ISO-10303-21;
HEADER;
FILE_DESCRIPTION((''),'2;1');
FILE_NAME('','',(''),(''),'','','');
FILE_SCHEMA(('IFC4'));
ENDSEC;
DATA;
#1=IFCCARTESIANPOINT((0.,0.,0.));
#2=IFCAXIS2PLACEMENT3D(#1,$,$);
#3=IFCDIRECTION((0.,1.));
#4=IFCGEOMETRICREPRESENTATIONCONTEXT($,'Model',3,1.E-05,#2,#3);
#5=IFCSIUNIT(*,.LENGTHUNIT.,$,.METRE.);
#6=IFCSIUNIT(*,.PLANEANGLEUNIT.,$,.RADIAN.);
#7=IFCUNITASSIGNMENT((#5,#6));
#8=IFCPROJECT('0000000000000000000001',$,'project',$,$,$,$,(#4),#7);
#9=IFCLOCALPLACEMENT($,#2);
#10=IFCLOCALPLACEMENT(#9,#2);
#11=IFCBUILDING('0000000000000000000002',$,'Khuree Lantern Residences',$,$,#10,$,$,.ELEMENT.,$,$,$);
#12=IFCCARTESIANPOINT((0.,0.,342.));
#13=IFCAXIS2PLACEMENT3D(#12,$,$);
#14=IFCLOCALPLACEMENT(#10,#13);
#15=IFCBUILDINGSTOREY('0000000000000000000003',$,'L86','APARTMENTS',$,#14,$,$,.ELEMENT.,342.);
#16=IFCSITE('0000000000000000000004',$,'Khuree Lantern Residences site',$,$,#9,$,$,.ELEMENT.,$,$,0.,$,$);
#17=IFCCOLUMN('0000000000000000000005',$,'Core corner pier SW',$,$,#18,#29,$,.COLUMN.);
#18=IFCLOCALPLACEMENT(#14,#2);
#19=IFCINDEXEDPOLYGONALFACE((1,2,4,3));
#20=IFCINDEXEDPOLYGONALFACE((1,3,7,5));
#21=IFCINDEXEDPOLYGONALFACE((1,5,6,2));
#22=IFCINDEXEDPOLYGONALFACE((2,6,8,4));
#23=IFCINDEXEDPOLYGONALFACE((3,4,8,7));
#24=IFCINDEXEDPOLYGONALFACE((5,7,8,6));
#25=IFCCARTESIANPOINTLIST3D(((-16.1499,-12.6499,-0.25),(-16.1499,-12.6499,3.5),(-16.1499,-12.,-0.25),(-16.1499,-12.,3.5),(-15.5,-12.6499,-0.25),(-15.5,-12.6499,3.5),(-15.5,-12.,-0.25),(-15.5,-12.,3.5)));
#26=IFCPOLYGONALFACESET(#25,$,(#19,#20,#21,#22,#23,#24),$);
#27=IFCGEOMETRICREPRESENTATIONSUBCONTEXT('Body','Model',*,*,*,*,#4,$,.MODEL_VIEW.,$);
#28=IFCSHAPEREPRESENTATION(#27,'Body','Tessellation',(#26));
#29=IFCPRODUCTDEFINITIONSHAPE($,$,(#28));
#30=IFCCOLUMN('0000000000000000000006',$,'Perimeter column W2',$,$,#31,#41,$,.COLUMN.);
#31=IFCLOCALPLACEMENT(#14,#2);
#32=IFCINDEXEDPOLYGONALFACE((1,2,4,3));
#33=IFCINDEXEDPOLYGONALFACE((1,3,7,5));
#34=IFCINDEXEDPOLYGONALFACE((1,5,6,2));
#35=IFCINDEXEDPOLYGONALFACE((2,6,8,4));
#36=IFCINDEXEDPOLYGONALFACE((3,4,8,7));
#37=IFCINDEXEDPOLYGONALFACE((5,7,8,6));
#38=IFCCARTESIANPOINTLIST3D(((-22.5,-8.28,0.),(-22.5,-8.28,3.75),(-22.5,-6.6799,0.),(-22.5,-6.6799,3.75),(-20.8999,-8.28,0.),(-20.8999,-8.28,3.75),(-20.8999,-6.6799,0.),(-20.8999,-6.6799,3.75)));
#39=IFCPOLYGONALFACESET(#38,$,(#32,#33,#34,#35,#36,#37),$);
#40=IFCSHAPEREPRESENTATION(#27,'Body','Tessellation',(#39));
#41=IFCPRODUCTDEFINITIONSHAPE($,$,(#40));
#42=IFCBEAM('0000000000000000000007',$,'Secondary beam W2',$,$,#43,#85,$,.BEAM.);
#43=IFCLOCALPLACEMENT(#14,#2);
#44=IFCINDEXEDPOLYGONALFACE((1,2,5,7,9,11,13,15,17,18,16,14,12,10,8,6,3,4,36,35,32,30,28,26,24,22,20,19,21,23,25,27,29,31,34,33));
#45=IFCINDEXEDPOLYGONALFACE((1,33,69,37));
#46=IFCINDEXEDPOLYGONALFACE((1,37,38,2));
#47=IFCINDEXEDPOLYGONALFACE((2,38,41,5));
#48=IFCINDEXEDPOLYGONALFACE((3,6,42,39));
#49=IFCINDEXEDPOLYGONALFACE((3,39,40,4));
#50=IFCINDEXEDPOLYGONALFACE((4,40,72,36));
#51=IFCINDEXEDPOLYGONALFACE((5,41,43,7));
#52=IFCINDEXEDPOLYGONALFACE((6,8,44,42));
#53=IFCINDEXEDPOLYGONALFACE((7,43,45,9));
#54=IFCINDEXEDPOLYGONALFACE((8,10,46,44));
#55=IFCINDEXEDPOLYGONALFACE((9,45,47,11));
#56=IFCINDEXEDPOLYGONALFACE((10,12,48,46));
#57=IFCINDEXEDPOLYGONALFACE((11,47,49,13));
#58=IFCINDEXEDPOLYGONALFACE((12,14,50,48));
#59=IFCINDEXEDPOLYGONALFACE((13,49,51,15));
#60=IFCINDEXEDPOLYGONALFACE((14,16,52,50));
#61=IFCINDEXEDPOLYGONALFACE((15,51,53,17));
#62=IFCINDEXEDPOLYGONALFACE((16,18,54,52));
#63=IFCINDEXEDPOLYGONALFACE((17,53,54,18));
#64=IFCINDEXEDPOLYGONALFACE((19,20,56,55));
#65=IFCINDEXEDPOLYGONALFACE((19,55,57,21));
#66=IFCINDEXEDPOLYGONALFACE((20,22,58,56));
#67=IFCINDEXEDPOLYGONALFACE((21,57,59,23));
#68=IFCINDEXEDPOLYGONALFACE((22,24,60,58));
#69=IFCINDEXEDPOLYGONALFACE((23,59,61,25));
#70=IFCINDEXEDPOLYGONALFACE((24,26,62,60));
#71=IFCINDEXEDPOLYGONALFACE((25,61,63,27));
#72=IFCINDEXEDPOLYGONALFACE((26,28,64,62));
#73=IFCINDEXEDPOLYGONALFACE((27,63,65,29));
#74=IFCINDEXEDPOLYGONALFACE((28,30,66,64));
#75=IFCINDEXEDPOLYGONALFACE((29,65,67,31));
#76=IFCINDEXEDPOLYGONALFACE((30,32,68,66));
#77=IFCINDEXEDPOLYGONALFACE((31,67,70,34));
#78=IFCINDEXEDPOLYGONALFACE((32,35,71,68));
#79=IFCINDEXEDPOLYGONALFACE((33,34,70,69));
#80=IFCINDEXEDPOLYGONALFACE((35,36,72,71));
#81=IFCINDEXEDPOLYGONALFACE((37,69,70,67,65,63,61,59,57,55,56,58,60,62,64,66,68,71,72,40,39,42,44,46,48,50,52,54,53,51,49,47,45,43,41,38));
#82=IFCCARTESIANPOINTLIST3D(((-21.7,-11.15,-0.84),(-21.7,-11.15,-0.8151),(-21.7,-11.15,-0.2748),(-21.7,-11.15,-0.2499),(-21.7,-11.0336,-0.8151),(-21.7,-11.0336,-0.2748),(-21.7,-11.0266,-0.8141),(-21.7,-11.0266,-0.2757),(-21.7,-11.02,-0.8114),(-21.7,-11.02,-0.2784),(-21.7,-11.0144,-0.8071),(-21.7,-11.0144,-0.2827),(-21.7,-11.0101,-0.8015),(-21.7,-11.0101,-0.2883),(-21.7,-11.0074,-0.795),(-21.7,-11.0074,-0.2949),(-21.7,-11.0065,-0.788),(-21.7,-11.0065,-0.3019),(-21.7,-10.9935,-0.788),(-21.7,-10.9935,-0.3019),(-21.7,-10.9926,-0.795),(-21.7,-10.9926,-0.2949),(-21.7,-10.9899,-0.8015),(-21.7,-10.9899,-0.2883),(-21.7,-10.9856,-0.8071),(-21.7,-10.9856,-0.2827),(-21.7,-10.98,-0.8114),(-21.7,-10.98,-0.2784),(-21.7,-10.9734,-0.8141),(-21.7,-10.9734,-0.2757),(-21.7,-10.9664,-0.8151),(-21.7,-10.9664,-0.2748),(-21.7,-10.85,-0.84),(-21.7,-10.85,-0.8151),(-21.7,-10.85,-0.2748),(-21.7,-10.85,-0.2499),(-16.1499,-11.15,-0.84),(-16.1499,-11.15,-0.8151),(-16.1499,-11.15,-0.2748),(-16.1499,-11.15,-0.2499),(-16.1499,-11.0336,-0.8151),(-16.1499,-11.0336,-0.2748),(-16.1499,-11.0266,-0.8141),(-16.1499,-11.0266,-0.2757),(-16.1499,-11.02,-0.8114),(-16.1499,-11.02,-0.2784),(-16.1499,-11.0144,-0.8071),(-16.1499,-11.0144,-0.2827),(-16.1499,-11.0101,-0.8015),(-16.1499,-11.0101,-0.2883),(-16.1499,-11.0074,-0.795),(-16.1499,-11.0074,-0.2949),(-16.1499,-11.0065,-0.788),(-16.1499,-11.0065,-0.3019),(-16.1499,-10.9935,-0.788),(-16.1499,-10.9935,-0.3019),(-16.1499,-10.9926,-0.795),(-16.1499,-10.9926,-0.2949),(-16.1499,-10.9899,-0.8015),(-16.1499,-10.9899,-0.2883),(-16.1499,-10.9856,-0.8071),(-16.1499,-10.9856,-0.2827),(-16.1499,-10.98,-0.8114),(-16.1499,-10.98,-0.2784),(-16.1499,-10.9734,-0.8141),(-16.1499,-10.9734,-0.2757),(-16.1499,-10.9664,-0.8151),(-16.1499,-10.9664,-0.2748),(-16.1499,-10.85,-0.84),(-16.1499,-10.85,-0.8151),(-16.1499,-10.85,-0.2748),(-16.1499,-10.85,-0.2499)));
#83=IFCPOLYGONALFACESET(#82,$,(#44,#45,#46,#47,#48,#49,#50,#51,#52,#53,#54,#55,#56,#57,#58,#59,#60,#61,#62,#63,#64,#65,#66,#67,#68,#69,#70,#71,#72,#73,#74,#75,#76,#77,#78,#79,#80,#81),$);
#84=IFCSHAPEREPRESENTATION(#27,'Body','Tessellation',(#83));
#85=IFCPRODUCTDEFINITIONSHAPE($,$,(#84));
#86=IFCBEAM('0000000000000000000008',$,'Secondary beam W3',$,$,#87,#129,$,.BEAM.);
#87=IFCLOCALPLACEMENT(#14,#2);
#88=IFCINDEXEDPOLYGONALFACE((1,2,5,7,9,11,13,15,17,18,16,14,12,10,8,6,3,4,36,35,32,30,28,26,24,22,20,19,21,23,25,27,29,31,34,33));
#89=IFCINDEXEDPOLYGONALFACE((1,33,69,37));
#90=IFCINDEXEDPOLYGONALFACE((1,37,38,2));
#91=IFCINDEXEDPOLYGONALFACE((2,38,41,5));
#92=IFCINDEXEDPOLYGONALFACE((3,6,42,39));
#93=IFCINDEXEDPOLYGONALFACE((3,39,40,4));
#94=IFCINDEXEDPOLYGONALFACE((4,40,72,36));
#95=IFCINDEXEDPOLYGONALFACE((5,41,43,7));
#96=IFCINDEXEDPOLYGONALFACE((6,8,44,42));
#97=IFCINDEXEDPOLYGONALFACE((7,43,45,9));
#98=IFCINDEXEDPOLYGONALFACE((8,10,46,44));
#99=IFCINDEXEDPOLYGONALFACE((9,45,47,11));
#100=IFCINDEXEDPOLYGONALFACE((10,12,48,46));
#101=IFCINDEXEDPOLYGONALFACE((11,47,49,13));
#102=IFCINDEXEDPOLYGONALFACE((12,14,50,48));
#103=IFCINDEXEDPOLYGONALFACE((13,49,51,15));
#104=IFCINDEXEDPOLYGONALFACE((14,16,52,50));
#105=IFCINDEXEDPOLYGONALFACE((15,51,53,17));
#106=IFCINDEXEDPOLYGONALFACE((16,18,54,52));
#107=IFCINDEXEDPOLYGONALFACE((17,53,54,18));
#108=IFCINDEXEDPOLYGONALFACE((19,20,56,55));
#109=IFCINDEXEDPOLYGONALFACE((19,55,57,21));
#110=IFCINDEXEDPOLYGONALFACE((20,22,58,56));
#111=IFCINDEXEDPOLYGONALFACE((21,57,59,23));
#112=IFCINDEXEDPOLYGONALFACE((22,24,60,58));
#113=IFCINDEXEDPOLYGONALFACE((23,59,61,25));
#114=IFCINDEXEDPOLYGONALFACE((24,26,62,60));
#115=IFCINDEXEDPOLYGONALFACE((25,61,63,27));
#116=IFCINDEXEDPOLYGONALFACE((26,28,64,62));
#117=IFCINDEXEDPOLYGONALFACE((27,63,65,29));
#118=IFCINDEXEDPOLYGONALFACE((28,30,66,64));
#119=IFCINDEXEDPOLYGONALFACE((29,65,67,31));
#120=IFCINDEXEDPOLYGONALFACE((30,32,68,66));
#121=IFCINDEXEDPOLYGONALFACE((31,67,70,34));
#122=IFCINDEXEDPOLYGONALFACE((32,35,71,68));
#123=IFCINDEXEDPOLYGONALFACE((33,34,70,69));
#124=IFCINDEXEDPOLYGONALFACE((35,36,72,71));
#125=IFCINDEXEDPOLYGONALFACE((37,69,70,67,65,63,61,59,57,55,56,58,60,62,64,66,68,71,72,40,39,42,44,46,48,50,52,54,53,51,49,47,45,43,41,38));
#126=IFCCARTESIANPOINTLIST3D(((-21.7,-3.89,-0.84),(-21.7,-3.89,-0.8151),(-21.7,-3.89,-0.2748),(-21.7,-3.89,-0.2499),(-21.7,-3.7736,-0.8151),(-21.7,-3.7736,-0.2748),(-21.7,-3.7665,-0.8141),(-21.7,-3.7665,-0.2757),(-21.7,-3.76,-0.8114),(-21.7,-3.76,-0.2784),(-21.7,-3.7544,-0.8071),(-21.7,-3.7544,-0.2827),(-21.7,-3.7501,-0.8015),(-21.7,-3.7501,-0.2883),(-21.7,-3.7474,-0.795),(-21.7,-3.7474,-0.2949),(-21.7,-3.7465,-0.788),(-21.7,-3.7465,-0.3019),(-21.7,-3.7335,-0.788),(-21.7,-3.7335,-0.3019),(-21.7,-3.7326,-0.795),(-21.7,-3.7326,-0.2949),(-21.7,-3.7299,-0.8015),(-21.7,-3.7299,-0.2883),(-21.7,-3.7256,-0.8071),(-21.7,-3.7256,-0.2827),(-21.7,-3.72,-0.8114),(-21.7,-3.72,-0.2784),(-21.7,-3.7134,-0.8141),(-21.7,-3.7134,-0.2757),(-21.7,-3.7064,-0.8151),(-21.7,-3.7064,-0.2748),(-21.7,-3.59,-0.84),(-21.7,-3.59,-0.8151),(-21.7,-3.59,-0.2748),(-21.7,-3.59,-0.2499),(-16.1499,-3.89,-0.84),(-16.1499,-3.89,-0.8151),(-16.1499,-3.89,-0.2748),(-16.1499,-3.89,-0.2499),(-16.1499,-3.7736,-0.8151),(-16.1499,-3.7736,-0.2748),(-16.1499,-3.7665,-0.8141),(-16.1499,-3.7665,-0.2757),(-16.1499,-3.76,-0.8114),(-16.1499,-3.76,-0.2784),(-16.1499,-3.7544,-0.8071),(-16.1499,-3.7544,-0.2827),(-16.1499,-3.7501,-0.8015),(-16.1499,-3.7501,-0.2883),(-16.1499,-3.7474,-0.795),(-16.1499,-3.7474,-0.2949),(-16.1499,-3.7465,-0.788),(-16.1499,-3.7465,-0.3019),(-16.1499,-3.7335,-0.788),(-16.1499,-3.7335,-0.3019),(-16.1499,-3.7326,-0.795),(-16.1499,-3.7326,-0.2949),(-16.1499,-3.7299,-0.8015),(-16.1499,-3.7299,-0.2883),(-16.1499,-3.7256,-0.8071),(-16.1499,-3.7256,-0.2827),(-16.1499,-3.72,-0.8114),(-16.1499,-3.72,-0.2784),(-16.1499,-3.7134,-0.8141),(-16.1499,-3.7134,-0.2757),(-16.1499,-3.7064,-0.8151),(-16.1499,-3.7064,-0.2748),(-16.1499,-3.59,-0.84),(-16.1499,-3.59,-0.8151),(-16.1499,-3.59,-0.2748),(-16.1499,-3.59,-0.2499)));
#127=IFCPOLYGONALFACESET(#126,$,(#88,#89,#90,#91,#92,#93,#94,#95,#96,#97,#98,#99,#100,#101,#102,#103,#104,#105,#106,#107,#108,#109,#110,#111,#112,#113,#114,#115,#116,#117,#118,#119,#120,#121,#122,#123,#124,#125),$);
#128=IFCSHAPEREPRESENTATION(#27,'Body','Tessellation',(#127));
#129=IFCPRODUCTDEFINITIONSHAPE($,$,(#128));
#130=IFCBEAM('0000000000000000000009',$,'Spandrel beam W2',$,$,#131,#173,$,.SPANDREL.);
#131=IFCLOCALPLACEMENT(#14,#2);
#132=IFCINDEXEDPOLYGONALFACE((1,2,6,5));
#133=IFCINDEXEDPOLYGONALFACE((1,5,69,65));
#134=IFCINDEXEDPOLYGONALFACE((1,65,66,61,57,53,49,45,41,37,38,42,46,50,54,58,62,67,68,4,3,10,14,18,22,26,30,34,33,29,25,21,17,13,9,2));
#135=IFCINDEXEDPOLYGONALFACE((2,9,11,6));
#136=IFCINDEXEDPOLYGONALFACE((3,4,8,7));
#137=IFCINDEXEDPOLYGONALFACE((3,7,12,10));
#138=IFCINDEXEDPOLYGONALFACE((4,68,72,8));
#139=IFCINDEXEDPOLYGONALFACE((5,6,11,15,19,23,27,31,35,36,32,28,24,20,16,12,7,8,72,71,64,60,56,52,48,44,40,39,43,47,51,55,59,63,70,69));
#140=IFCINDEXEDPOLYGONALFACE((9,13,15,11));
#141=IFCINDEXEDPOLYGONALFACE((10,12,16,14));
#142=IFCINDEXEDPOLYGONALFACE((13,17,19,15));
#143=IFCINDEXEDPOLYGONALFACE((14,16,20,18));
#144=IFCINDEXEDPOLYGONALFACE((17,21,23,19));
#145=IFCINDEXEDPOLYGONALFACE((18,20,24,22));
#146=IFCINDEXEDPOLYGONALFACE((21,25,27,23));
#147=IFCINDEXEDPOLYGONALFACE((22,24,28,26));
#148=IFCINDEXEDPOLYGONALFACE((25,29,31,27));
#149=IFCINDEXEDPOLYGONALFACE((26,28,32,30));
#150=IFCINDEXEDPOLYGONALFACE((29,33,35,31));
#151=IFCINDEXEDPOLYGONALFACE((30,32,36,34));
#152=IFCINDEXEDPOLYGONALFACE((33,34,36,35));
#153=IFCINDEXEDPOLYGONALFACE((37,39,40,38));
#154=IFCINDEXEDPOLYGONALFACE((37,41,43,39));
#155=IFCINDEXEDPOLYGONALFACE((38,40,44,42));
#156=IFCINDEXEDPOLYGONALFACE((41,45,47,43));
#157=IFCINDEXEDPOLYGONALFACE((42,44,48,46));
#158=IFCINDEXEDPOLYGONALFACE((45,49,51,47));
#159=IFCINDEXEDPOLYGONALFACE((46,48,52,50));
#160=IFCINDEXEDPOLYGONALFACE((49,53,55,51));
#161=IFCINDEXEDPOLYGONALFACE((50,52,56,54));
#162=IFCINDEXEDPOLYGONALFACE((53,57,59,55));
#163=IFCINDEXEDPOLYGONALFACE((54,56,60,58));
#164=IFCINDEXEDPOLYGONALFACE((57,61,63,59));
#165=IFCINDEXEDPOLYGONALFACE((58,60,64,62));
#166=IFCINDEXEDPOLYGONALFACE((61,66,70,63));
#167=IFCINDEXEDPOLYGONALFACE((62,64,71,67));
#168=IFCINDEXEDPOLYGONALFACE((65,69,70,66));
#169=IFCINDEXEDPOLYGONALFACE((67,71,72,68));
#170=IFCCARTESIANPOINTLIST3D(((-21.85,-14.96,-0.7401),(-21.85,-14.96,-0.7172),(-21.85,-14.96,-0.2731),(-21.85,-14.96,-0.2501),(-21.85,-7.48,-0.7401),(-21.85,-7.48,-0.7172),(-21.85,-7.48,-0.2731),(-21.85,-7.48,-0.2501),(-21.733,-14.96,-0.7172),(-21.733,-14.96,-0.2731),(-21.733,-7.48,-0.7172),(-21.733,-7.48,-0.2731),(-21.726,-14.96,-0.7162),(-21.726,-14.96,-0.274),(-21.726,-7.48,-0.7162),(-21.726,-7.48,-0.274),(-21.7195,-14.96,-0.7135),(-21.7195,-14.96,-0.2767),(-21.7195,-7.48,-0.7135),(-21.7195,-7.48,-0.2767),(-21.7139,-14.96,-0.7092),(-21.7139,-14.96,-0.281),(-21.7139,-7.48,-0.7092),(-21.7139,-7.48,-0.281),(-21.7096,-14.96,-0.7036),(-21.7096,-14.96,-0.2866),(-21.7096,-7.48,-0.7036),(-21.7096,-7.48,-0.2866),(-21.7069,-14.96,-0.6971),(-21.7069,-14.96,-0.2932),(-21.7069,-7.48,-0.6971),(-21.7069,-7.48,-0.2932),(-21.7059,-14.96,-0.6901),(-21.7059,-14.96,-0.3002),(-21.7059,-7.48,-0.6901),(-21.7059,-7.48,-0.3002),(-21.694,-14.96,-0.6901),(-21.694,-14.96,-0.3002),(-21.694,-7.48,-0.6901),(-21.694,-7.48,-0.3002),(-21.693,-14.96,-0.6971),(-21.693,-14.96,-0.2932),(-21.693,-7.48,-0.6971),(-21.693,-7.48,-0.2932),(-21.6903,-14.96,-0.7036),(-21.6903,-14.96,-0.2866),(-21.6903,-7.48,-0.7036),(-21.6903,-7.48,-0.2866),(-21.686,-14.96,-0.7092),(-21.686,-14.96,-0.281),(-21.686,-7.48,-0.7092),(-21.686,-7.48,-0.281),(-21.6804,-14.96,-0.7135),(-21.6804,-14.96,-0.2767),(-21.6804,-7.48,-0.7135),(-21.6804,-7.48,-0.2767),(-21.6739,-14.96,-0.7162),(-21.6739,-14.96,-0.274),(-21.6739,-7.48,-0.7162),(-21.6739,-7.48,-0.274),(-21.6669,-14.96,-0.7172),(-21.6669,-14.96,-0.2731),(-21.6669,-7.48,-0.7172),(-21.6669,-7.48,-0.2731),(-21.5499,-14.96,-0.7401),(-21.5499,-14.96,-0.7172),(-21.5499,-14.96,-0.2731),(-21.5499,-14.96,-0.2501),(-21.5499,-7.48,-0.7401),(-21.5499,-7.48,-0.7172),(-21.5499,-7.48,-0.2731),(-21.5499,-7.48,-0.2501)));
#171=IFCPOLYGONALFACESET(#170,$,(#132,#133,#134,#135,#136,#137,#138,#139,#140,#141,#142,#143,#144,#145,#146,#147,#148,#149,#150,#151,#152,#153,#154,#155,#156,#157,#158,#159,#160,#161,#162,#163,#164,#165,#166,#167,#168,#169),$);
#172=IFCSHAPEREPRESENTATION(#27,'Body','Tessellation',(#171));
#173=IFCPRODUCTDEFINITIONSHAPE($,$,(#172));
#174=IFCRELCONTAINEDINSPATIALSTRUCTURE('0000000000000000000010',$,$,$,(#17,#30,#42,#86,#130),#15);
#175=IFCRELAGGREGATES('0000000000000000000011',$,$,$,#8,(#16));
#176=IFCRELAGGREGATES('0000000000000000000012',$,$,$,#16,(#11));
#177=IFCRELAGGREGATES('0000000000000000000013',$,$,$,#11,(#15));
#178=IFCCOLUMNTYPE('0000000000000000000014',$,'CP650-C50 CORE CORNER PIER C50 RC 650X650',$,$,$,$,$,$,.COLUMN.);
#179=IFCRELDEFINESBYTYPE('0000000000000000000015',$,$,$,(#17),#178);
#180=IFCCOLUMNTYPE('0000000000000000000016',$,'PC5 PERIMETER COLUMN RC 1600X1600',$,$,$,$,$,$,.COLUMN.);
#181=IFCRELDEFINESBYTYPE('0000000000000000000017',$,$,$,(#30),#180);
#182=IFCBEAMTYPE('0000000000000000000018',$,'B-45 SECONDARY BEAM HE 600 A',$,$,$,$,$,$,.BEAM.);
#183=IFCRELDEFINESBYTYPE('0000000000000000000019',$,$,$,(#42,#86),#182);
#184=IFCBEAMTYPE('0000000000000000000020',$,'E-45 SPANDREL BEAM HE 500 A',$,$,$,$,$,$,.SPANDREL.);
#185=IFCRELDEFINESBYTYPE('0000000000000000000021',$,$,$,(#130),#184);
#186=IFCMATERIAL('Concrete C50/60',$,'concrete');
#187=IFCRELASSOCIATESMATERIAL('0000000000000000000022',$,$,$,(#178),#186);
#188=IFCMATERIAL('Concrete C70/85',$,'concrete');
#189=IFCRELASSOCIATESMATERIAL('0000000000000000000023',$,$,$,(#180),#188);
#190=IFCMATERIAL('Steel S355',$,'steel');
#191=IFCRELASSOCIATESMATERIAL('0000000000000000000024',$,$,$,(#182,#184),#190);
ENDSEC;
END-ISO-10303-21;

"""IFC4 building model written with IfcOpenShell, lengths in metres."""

from ifc_helpers import new_model, si_unit, direction, frame, origin, origin_2d, place, context, subcontext, project, spatial, rectangle, i_section, extrude, material, material_profile, profile_set, type_object, element, save


model = new_model("IFC4")

# Units and contexts
model_context = context("Model", 3, precision=1e-05, world=origin(), true_north=direction((0.0, 1.0)))
body_context = subcontext(model_context, "Body", "Model", "MODEL_VIEW")
ifc_project = project(units=[si_unit("LENGTHUNIT", "METRE"), si_unit("PLANEANGLEUNIT", "RADIAN")], contexts=[model_context])

# Site, building, storey
site_placement = place(None, origin())
site = spatial("IfcSite", under=ifc_project, at=site_placement, Name="Khuree Lantern Residences site", CompositionType="ELEMENT", RefElevation=0.0)
building_placement = place(site_placement, origin())
building = spatial("IfcBuilding", under=site, at=building_placement, Name="Khuree Lantern Residences", CompositionType="ELEMENT")
storey_placement = place(building_placement, frame((0.0, 0.0, 342.0)))
storey = spatial("IfcBuildingStorey", under=building, at=storey_placement, Name="L86", Description="APARTMENTS", CompositionType="ELEMENT", Elevation=342.0)

# Columns
ifc_material_1 = material(Name="Concrete C50/60", Category="concrete")
ifc_material_profile_1 = material_profile(ifc_material_1, rectangle(XDim=0.6499, YDim=0.6499, at=origin_2d()), Name="RC 650X650")
ifc_profile_set_1 = profile_set([ifc_material_profile_1], Name="Concrete C50/60")
column_type_1 = type_object("IfcColumnType", Name="CP650-C50 CORE CORNER PIER C50 RC 650X650", PredefinedType="COLUMN", material=ifc_profile_set_1)
column_1_placement = place(storey_placement, frame((-15.825, -12.325, -0.25), z_axis=(0.0, 0.0, 1.0), x_axis=(1.0, 0.0, 0.0)))
element("IfcColumn", 1, at=column_1_placement, inside=storey, type_object=column_type_1, Name="Core corner pier SW", PredefinedType="COLUMN", context=body_context, shape_type="SweptSolid", body=[
    extrude(rectangle(XDim=0.6499, YDim=0.6499, at=origin_2d()), origin(), (0.0, 0.0, 1.0), 3.75),
])
ifc_material_2 = material(Name="Concrete C70/85", Category="concrete")
ifc_material_profile_2 = material_profile(ifc_material_2, rectangle(XDim=1.6001, YDim=1.6001, at=origin_2d()), Name="RC 1600X1600")
ifc_profile_set_2 = profile_set([ifc_material_profile_2], Name="Concrete C70/85")
column_type_2 = type_object("IfcColumnType", Name="PC5 PERIMETER COLUMN RC 1600X1600", PredefinedType="COLUMN", material=ifc_profile_set_2)
column_2_placement = place(storey_placement, frame((-21.7, -7.48, 0.0), z_axis=(0.0, 0.0, 1.0), x_axis=(0.0, 1.0, 0.0)))
element("IfcColumn", 2, at=column_2_placement, inside=storey, type_object=column_type_2, Name="Perimeter column W2", PredefinedType="COLUMN", context=body_context, shape_type="SweptSolid", body=[
    extrude(rectangle(XDim=1.6001, YDim=1.6001, at=origin_2d()), origin(), (0.0, 0.0, 1.0), 3.75),
])

# Beams
ifc_material_3 = material(Name="Steel S355", Category="steel")
ifc_material_profile_3 = material_profile(ifc_material_3, i_section(OverallWidth=0.3, OverallDepth=0.5901, WebThickness=0.0129, FlangeThickness=0.0249, FilletRadius=0.0271, at=origin_2d()), Name="HE 600 A")
ifc_profile_set_3 = profile_set([ifc_material_profile_3], Name="Steel S355")
beam_type_1 = type_object("IfcBeamType", Name="B-45 SECONDARY BEAM HE 600 A", PredefinedType="BEAM", material=ifc_profile_set_3)
for number, where, z_axis, x_axis, name in (
    (3, (-21.7, -11.0, -0.5449), (1.0, 0.0, 0.0), (0.0, 1.0, 0.0), "Secondary beam W2"),
    (4, (-21.7, -3.74, -0.5449), (1.0, 0.0, 0.0), (0.0, 1.0, 0.0), "Secondary beam W3"),
):
    element("IfcBeam", number, at=place(storey_placement, frame(where, z_axis=z_axis, x_axis=x_axis)), inside=storey, type_object=beam_type_1, Name=name, PredefinedType="BEAM", context=body_context, shape_type="SweptSolid", body=[
        extrude(i_section(OverallWidth=0.3, OverallDepth=0.5901, WebThickness=0.0129, FlangeThickness=0.0249, FilletRadius=0.0271, at=origin_2d()), origin(), (0.0, 0.0, 1.0), 5.55),
    ])
ifc_material_profile_4 = material_profile(ifc_material_3, i_section(OverallWidth=0.3, OverallDepth=0.49, WebThickness=0.012, FlangeThickness=0.0229, FilletRadius=0.0271, at=origin_2d()), Name="HE 500 A")
ifc_profile_set_4 = profile_set([ifc_material_profile_4], Name="Steel S355")
beam_type_2 = type_object("IfcBeamType", Name="E-45 SPANDREL BEAM HE 500 A", PredefinedType="SPANDREL", material=ifc_profile_set_4)
for number, where, z_axis, x_axis, name in (
    (5, (-21.7, -14.96, -0.4951), (0.0, 1.0, 0.0), (-1.0, 0.0, 0.0), "Spandrel beam W2"),
):
    element("IfcBeam", number, at=place(storey_placement, frame(where, z_axis=z_axis, x_axis=x_axis)), inside=storey, type_object=beam_type_2, Name=name, PredefinedType="SPANDREL", context=body_context, shape_type="SweptSolid", body=[
        extrude(i_section(OverallWidth=0.3, OverallDepth=0.49, WebThickness=0.012, FlangeThickness=0.0229, FilletRadius=0.0271, at=origin_2d()), origin(), (0.0, 0.0, 1.0), 7.48),
    ])

save(model, "model.ifc")
